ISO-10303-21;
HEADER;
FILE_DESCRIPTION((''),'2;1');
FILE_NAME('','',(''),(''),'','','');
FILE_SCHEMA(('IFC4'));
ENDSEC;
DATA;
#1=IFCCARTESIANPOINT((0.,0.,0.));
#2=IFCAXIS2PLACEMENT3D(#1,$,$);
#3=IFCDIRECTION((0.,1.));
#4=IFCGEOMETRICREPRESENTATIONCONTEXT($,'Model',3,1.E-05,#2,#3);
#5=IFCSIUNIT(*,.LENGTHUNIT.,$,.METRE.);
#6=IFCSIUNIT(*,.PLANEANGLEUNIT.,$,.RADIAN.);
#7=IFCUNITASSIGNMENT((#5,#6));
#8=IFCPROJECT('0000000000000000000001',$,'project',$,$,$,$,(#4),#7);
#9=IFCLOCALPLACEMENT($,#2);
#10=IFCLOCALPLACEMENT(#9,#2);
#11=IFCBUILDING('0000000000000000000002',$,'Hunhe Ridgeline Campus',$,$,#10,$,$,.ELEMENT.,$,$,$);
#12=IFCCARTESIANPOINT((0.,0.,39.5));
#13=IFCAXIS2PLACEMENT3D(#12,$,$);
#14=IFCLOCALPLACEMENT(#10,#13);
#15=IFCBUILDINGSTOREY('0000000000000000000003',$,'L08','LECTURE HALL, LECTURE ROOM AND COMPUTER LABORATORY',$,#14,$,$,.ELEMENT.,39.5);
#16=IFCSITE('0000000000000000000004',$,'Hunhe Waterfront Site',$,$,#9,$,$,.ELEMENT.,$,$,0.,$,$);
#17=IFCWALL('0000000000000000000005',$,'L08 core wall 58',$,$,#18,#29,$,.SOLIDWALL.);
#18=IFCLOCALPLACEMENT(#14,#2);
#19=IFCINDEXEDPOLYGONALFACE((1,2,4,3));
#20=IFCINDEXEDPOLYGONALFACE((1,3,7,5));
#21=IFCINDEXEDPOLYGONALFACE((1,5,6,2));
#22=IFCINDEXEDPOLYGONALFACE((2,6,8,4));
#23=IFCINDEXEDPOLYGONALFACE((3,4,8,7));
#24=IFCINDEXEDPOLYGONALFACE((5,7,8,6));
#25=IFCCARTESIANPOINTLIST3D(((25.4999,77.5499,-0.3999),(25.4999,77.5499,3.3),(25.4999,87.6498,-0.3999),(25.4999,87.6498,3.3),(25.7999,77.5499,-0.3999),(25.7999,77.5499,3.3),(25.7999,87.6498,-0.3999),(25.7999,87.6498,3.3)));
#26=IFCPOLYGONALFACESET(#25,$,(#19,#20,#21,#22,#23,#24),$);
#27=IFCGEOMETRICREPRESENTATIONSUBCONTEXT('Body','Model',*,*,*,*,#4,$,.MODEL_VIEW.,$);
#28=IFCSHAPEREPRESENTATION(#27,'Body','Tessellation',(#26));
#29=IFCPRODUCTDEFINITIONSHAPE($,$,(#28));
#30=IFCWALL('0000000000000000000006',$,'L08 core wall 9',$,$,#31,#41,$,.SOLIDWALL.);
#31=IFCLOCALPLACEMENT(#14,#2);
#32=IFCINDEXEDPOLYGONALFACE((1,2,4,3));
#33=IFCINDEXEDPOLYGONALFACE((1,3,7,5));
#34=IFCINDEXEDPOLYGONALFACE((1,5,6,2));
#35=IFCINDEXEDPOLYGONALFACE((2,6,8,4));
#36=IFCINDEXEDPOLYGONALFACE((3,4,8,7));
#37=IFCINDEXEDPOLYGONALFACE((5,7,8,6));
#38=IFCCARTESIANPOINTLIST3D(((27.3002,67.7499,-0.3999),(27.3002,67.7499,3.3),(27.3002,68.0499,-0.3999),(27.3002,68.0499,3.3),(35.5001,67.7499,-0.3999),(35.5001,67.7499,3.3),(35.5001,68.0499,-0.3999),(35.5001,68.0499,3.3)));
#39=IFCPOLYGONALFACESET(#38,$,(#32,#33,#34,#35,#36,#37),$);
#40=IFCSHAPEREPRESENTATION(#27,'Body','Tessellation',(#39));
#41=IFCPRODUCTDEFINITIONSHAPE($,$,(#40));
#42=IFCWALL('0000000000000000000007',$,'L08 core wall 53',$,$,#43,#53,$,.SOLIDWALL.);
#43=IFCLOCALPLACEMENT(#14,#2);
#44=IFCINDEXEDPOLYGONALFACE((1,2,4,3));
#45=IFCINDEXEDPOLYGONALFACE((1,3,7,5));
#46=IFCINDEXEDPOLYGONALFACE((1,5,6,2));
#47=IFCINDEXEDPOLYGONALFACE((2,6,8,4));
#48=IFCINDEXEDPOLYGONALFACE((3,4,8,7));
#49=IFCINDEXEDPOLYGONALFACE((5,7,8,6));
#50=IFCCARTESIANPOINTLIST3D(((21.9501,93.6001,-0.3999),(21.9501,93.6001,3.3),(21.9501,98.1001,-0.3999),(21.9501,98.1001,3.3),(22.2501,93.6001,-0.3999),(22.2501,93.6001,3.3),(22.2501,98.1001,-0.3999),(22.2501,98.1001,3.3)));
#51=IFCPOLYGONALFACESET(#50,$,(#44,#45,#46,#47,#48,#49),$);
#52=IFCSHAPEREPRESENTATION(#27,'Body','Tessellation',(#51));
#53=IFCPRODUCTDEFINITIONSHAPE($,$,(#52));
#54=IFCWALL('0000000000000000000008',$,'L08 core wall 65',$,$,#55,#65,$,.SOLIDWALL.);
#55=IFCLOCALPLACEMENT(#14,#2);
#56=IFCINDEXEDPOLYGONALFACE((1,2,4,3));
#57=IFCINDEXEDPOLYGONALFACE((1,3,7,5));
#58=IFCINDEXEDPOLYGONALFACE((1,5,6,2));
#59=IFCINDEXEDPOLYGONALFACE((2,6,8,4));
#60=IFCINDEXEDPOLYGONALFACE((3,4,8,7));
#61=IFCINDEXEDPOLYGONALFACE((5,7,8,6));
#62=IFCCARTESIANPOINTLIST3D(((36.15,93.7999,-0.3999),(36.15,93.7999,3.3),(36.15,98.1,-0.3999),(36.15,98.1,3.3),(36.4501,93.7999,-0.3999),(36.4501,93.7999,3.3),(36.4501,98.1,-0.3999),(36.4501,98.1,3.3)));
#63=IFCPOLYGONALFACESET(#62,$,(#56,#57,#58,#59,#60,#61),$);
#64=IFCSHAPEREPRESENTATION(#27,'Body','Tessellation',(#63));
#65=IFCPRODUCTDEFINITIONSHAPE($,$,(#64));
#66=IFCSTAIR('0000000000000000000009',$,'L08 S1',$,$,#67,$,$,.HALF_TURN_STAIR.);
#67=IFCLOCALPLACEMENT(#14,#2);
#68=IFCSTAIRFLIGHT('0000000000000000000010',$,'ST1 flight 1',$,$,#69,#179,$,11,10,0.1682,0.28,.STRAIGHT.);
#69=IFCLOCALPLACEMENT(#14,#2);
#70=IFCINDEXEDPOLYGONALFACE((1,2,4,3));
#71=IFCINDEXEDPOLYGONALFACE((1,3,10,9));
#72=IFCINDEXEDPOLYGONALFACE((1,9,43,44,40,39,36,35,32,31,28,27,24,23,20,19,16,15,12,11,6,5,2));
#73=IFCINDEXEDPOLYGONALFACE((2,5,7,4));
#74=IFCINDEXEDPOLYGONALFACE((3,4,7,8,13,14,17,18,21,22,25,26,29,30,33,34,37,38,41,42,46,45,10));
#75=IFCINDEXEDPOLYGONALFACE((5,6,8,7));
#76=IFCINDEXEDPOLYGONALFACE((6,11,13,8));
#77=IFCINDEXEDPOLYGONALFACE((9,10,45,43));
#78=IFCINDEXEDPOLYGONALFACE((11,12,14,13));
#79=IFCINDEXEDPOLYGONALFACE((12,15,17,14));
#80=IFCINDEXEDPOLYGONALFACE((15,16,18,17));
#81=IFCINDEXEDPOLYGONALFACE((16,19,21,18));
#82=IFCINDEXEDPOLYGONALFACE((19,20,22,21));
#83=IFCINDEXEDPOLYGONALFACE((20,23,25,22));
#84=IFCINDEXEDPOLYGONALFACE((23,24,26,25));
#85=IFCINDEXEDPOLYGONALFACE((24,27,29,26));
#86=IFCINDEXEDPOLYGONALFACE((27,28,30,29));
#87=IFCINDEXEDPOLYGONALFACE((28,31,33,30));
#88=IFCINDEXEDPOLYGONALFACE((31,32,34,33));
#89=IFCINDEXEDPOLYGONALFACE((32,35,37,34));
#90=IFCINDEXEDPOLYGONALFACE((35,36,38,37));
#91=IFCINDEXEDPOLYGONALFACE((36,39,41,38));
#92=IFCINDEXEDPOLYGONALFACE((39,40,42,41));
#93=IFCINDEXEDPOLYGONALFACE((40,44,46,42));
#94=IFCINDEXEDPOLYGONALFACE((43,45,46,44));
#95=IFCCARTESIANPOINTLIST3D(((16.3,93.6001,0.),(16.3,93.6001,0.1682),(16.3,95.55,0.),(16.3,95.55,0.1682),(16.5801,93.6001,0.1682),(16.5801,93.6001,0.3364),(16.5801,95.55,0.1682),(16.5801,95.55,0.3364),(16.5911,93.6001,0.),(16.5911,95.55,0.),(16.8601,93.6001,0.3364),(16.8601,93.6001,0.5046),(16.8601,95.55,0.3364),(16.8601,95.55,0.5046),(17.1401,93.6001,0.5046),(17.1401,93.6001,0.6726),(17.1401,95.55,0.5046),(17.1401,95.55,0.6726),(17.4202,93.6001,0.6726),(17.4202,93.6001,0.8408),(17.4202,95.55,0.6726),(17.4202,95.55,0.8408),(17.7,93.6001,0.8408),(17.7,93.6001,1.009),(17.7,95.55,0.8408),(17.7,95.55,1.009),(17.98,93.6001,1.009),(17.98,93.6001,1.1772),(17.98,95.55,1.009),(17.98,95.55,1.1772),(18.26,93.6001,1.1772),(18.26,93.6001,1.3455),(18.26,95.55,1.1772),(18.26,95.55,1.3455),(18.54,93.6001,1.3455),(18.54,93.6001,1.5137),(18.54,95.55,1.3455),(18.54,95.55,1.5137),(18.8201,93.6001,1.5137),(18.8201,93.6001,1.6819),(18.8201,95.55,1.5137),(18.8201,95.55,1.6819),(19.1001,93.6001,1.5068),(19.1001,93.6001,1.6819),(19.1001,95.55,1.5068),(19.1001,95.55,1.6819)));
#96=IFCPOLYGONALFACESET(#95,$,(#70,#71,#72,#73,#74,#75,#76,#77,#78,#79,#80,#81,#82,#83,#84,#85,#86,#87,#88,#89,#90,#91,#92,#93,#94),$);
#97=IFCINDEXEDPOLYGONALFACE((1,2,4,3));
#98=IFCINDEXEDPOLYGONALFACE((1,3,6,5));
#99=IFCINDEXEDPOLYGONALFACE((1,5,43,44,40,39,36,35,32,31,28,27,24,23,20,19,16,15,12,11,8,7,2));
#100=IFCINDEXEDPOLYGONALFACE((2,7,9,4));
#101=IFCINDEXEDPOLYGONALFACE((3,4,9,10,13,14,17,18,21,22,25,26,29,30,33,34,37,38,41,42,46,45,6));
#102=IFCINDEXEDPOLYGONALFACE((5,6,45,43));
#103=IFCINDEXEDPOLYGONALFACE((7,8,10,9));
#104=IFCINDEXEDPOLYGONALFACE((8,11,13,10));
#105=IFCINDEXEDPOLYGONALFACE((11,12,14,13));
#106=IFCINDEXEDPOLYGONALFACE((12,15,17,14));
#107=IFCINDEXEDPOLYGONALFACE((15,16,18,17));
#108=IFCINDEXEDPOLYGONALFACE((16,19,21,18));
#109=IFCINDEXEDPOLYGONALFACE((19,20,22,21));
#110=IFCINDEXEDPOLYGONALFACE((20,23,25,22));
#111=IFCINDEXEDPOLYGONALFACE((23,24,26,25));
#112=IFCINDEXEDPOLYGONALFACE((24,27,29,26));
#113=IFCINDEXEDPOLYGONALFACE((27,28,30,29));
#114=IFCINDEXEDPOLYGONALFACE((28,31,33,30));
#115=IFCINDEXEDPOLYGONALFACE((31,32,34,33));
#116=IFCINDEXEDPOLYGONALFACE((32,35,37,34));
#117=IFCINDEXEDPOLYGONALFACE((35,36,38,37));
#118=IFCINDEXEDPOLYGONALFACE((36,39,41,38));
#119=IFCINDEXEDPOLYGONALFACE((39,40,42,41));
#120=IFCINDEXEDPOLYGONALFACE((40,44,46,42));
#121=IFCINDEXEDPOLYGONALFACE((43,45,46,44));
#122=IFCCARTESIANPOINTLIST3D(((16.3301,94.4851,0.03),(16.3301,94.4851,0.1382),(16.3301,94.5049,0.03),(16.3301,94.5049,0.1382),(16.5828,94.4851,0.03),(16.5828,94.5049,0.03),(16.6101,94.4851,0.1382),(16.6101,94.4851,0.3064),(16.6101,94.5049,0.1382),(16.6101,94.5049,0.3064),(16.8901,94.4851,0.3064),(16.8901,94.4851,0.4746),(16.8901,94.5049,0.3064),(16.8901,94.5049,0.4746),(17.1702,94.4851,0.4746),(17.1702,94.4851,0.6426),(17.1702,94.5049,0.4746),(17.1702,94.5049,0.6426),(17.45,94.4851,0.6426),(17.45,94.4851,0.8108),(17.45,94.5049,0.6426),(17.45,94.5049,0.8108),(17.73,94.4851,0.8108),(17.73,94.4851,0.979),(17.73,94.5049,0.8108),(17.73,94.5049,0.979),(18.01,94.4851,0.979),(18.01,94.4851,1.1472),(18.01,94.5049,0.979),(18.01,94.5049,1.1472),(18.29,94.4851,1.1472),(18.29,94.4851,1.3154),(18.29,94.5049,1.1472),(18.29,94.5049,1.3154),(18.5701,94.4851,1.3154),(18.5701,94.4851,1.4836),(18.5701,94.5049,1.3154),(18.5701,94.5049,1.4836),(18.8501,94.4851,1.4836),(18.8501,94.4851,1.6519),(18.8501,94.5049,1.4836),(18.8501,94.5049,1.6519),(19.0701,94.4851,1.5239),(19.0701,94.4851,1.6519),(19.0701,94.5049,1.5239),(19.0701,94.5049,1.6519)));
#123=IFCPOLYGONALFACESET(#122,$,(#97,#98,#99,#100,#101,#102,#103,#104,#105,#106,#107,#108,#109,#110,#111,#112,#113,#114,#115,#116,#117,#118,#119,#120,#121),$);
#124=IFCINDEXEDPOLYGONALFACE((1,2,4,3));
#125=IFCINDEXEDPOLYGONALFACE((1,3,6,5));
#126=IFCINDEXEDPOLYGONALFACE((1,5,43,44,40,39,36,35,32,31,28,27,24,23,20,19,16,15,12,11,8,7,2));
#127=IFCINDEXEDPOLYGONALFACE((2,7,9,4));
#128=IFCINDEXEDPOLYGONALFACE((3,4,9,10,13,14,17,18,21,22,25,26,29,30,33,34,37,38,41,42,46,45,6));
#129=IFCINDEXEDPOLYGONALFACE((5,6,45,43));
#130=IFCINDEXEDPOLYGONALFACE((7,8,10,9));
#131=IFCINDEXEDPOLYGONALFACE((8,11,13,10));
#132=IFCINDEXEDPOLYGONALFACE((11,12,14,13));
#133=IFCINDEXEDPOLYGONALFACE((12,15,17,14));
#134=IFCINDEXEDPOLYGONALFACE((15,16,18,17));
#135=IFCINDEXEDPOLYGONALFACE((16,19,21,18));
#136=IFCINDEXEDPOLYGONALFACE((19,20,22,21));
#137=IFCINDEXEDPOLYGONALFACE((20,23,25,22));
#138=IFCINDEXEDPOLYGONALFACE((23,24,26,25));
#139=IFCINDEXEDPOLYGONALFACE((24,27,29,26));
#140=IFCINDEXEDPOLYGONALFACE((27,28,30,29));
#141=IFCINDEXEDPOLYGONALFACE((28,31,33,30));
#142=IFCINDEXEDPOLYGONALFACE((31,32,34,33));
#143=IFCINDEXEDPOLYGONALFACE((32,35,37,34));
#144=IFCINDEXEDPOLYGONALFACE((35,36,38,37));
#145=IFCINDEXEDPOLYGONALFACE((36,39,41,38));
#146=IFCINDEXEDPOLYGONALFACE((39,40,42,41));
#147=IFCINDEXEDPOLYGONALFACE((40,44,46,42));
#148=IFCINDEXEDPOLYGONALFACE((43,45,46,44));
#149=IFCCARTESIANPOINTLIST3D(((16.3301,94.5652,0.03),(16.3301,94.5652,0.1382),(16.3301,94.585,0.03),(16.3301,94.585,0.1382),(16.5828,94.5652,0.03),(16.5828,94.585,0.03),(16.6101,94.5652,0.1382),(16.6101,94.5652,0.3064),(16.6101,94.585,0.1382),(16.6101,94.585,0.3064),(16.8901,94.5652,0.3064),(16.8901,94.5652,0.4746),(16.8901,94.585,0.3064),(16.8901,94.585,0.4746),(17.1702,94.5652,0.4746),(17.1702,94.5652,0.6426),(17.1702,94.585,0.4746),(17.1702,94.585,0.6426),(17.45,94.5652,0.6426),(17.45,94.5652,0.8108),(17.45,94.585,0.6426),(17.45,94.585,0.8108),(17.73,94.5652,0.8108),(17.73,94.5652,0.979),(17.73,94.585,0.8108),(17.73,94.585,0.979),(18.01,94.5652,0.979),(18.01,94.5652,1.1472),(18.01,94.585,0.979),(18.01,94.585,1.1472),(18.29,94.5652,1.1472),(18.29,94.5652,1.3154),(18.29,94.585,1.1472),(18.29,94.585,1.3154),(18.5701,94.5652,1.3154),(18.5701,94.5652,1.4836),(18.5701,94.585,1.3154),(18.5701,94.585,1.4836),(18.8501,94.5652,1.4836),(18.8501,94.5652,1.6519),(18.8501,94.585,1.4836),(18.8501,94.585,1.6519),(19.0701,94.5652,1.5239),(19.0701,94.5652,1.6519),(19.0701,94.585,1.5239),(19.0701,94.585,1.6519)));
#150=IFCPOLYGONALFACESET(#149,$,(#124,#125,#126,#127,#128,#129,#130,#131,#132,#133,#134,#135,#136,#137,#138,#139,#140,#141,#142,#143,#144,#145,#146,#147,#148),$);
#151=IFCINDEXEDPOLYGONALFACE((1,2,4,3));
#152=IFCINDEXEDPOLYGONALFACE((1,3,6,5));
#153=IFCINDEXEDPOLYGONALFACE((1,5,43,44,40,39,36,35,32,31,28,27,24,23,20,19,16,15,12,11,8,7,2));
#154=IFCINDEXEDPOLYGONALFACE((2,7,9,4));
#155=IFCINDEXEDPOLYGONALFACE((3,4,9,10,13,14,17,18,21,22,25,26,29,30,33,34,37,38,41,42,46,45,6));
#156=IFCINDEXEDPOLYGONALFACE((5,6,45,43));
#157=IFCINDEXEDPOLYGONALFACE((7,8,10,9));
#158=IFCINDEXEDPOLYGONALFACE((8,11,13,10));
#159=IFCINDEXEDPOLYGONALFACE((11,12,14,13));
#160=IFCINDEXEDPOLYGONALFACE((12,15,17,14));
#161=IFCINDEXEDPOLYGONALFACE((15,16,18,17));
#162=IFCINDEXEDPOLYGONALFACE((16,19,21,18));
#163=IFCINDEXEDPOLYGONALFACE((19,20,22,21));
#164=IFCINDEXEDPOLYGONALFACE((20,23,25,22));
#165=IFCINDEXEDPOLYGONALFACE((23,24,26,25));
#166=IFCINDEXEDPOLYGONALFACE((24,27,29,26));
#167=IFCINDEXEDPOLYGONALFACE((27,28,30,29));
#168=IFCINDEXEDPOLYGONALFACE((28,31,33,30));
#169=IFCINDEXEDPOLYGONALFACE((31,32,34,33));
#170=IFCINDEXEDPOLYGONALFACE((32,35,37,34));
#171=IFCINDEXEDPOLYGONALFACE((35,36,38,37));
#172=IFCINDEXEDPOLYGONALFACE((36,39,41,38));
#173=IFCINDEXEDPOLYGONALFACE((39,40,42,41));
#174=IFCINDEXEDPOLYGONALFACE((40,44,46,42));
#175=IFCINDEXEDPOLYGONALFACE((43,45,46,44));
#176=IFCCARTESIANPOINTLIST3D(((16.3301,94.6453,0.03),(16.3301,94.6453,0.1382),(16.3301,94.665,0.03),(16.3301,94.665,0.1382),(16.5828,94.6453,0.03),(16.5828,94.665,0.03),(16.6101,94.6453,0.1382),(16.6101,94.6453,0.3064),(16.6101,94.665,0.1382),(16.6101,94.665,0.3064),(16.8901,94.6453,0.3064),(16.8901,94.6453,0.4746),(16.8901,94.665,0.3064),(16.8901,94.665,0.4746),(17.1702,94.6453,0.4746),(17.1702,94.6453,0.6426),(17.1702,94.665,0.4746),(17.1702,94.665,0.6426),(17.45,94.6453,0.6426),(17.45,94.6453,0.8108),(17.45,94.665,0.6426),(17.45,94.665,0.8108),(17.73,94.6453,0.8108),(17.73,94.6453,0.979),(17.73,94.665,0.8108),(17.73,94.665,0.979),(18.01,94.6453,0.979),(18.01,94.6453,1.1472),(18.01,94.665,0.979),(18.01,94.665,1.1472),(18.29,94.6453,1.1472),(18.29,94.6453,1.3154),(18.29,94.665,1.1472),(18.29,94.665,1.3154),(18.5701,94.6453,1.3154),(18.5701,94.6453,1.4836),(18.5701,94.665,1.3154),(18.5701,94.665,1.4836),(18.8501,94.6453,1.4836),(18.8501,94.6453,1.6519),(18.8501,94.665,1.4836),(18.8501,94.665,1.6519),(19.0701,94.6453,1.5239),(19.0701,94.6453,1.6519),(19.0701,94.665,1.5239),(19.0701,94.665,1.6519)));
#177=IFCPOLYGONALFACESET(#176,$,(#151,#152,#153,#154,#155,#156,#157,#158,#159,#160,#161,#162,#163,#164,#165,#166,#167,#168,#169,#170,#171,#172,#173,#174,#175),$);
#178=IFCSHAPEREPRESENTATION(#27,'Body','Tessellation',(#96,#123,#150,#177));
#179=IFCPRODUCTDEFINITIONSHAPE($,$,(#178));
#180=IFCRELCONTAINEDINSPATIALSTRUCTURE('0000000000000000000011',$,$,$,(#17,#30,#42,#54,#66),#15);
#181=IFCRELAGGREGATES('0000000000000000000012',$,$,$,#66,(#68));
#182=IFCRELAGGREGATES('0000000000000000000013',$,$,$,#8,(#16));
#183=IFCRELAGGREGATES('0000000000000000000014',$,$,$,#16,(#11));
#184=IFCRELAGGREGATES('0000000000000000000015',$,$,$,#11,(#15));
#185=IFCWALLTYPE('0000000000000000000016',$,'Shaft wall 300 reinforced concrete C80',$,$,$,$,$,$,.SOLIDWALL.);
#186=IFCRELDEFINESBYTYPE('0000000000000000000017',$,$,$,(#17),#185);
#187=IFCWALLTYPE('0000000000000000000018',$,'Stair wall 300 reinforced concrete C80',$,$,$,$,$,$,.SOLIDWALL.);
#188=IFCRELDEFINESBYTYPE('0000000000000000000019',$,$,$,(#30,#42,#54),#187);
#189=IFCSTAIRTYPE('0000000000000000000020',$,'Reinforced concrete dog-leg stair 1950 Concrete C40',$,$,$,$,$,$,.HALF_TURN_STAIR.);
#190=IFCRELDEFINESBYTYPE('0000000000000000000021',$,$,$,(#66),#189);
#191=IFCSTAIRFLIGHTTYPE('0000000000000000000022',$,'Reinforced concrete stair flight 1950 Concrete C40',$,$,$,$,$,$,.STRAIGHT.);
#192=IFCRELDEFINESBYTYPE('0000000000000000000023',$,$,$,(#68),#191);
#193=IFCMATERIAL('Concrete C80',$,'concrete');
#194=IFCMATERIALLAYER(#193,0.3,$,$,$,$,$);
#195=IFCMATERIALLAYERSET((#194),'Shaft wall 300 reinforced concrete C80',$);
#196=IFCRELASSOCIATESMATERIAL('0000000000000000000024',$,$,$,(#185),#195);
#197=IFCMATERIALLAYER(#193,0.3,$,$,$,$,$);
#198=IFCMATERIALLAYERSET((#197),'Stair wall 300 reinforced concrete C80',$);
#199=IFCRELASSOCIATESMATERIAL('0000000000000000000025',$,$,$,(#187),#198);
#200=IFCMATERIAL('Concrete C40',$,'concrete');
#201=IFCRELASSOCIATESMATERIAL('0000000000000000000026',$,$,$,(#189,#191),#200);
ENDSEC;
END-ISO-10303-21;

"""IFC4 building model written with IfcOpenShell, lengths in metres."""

from ifc_helpers import new_model, si_unit, direction, frame, frame_2d, origin, place, context, subcontext, project, spatial, polyline, rectangle, outline, extrude, material, layer, layer_set, type_object, element, aggregate, save


model = new_model("IFC4")

# Units and contexts
model_context = context("Model", 3, precision=1e-05, world=origin(), true_north=direction((0.0, 1.0)))
body_context = subcontext(model_context, "Body", "Model", "MODEL_VIEW")
ifc_project = project(units=[si_unit("LENGTHUNIT", "METRE"), si_unit("PLANEANGLEUNIT", "RADIAN")], contexts=[model_context])

# Site, building, storey
site_placement = place(None, origin())
site = spatial("IfcSite", under=ifc_project, at=site_placement, Name="Hunhe Waterfront Site", CompositionType="ELEMENT", RefElevation=0.0)
building_placement = place(site_placement, origin())
building = spatial("IfcBuilding", under=site, at=building_placement, Name="Hunhe Ridgeline Campus", CompositionType="ELEMENT")
storey_placement = place(building_placement, frame((0.0, 0.0, 39.5)))
storey = spatial("IfcBuildingStorey", under=building, at=storey_placement, Name="L08", Description="LECTURE HALL, LECTURE ROOM AND COMPUTER LABORATORY", CompositionType="ELEMENT", Elevation=39.5)

# Walls
ifc_material_1 = material(Name="Concrete C80", Category="concrete")
ifc_layer_1 = layer(ifc_material_1, 0.3)
ifc_layer_set_1 = layer_set([ifc_layer_1], Name="Shaft wall 300 reinforced concrete C80")
wall_type_1 = type_object("IfcWallType", Name="Shaft wall 300 reinforced concrete C80", PredefinedType="SOLIDWALL", material=ifc_layer_set_1)
for number, where, z_axis, x_axis, name in (
    (1, (25.6499, 77.55, -0.3999), (0.0, 0.0, 1.0), (0.0, 1.0, 0.0), "L08 core wall 58"),
):
    element("IfcWall", number, at=place(storey_placement, frame(where, z_axis=z_axis, x_axis=x_axis)), inside=storey, type_object=wall_type_1, Name=name, PredefinedType="SOLIDWALL", context=body_context, shape_type="SweptSolid", body=[
        extrude(rectangle(XDim=10.0999, YDim=0.3, at=frame_2d((5.0498, 0.0))), origin(), (0.0, 0.0, 1.0), 3.7),
    ])
ifc_layer_2 = layer(ifc_material_1, 0.3)
ifc_layer_set_2 = layer_set([ifc_layer_2], Name="Stair wall 300 reinforced concrete C80")
wall_type_2 = type_object("IfcWallType", Name="Stair wall 300 reinforced concrete C80", PredefinedType="SOLIDWALL", material=ifc_layer_set_2)
wall_1_placement = place(storey_placement, frame((27.3, 67.8999, -0.3999), z_axis=(0.0, 0.0, 1.0), x_axis=(1.0, 0.0, 0.0)))
element("IfcWall", 2, at=wall_1_placement, inside=storey, type_object=wall_type_2, Name="L08 core wall 9", PredefinedType="SOLIDWALL", context=body_context, shape_type="SweptSolid", body=[
    extrude(rectangle(XDim=8.2, YDim=0.3, at=frame_2d((4.1001, 0.0))), origin(), (0.0, 0.0, 1.0), 3.7),
])

# Walls
wall_2_placement = place(storey_placement, frame((22.1001, 93.6001, -0.3999), z_axis=(0.0, 0.0, 1.0), x_axis=(0.0, 1.0, 0.0)))
element("IfcWall", 3, at=wall_2_placement, inside=storey, type_object=wall_type_2, Name="L08 core wall 53", PredefinedType="SOLIDWALL", context=body_context, shape_type="SweptSolid", body=[
    extrude(rectangle(XDim=4.5, YDim=0.3, at=frame_2d((2.25, 0.0))), origin(), (0.0, 0.0, 1.0), 3.7),
])
wall_3_placement = place(storey_placement, frame((36.3, 93.8, -0.3999), z_axis=(0.0, 0.0, 1.0), x_axis=(0.0, 1.0, 0.0)))
element("IfcWall", 4, at=wall_3_placement, inside=storey, type_object=wall_type_2, Name="L08 core wall 65", PredefinedType="SOLIDWALL", context=body_context, shape_type="SweptSolid", body=[
    extrude(rectangle(XDim=4.3, YDim=0.3, at=frame_2d((2.1499, 0.0))), origin(), (0.0, 0.0, 1.0), 3.7),
])

# Stair, stair flight
ifc_material_2 = material(Name="Concrete C40", Category="concrete")
stair_type = type_object("IfcStairType", Name="Reinforced concrete dog-leg stair 1950 Concrete C40", PredefinedType="HALF_TURN_STAIR", material=ifc_material_2)
stair_1_placement = place(storey_placement, origin())
stair_1 = element("IfcStair", 5, at=stair_1_placement, inside=storey, type_object=stair_type, Name="L08 S1", PredefinedType="HALF_TURN_STAIR")
stair_flight_type = type_object("IfcStairFlightType", Name="Reinforced concrete stair flight 1950 Concrete C40", PredefinedType="STRAIGHT", material=ifc_material_2)
stair_flight_1_placement = place(storey_placement, frame((16.3, 94.575, 0.0), z_axis=(0.0, 0.0, 1.0), x_axis=(1.0, 0.0, 0.0)))
stair_flight_1 = element("IfcStairFlight", 6, at=stair_flight_1_placement, type_object=stair_flight_type, Name="ST1 flight 1", NumberOfRisers=11, NumberOfTreads=10, PredefinedType="STRAIGHT", RiserHeight=0.1682, TreadLength=0.28, context=body_context, shape_type="SweptSolid", body=[
    extrude(outline(polyline([(0.0, 0.0), (0.0, 0.1682), (0.28, 0.1682), (0.28, 0.3364), (0.5601, 0.3364), (0.5601, 0.5046), (0.8401, 0.5046), (0.8401, 0.6726), (1.1201, 0.6726), (1.1201, 0.8408), (1.3999, 0.8408), (1.3999, 1.009), (1.6799, 1.009), (1.6799, 1.1772), (1.96, 1.1772), (1.96, 1.3455), (2.24, 1.3455), (2.24, 1.5137), (2.52, 1.5137), (2.52, 1.6819), (2.8, 1.6819), (2.8, 1.8501), (2.8, 1.5068), (0.291, 0.0), (0.0, 0.0)])), frame((0.0, 0.9751, 0.0), z_axis=(0.0, -1.0, 0.0), x_axis=(1.0, 0.0, 0.0)), (0.0, 0.0, 1.0), 1.95),
    extrude(outline(polyline([(0.03, 0.03), (0.03, 0.1382), (0.3101, 0.1382), (0.3101, 0.3064), (0.5901, 0.3064), (0.5901, 0.4746), (0.8701, 0.4746), (0.8701, 0.6426), (1.1499, 0.6426), (1.1499, 0.8108), (1.4299, 0.8108), (1.4299, 0.979), (1.71, 0.979), (1.71, 1.1472), (1.99, 1.1472), (1.99, 1.3154), (2.27, 1.3154), (2.27, 1.4836), (2.55, 1.4836), (2.55, 1.6519), (2.77, 1.6519), (2.77, 1.5239), (0.2827, 0.03), (0.03, 0.03)])), frame((0.0, -0.0701, 0.0), z_axis=(0.0, -1.0, 0.0), x_axis=(1.0, 0.0, 0.0)), (0.0, 0.0, 1.0), 0.0198),
    extrude(outline(polyline([(0.03, 0.03), (0.03, 0.1382), (0.3101, 0.1382), (0.3101, 0.3064), (0.5901, 0.3064), (0.5901, 0.4746), (0.8701, 0.4746), (0.8701, 0.6426), (1.1499, 0.6426), (1.1499, 0.8108), (1.4299, 0.8108), (1.4299, 0.979), (1.71, 0.979), (1.71, 1.1472), (1.99, 1.1472), (1.99, 1.3154), (2.27, 1.3154), (2.27, 1.4836), (2.55, 1.4836), (2.55, 1.6519), (2.77, 1.6519), (2.77, 1.5239), (0.2827, 0.03), (0.03, 0.03)])), frame((0.0, 0.01, 0.0), z_axis=(0.0, -1.0, 0.0), x_axis=(1.0, 0.0, 0.0)), (0.0, 0.0, 1.0), 0.0198),
    extrude(outline(polyline([(0.03, 0.03), (0.03, 0.1382), (0.3101, 0.1382), (0.3101, 0.3064), (0.5901, 0.3064), (0.5901, 0.4746), (0.8701, 0.4746), (0.8701, 0.6426), (1.1499, 0.6426), (1.1499, 0.8108), (1.4299, 0.8108), (1.4299, 0.979), (1.71, 0.979), (1.71, 1.1472), (1.99, 1.1472), (1.99, 1.3154), (2.27, 1.3154), (2.27, 1.4836), (2.55, 1.4836), (2.55, 1.6519), (2.77, 1.6519), (2.77, 1.5239), (0.2827, 0.03), (0.03, 0.03)])), frame((0.0, 0.0901, 0.0), z_axis=(0.0, -1.0, 0.0), x_axis=(1.0, 0.0, 0.0)), (0.0, 0.0, 1.0), 0.0198),
])
aggregate(stair_1, [stair_flight_1])

save(model, "model.ifc")
